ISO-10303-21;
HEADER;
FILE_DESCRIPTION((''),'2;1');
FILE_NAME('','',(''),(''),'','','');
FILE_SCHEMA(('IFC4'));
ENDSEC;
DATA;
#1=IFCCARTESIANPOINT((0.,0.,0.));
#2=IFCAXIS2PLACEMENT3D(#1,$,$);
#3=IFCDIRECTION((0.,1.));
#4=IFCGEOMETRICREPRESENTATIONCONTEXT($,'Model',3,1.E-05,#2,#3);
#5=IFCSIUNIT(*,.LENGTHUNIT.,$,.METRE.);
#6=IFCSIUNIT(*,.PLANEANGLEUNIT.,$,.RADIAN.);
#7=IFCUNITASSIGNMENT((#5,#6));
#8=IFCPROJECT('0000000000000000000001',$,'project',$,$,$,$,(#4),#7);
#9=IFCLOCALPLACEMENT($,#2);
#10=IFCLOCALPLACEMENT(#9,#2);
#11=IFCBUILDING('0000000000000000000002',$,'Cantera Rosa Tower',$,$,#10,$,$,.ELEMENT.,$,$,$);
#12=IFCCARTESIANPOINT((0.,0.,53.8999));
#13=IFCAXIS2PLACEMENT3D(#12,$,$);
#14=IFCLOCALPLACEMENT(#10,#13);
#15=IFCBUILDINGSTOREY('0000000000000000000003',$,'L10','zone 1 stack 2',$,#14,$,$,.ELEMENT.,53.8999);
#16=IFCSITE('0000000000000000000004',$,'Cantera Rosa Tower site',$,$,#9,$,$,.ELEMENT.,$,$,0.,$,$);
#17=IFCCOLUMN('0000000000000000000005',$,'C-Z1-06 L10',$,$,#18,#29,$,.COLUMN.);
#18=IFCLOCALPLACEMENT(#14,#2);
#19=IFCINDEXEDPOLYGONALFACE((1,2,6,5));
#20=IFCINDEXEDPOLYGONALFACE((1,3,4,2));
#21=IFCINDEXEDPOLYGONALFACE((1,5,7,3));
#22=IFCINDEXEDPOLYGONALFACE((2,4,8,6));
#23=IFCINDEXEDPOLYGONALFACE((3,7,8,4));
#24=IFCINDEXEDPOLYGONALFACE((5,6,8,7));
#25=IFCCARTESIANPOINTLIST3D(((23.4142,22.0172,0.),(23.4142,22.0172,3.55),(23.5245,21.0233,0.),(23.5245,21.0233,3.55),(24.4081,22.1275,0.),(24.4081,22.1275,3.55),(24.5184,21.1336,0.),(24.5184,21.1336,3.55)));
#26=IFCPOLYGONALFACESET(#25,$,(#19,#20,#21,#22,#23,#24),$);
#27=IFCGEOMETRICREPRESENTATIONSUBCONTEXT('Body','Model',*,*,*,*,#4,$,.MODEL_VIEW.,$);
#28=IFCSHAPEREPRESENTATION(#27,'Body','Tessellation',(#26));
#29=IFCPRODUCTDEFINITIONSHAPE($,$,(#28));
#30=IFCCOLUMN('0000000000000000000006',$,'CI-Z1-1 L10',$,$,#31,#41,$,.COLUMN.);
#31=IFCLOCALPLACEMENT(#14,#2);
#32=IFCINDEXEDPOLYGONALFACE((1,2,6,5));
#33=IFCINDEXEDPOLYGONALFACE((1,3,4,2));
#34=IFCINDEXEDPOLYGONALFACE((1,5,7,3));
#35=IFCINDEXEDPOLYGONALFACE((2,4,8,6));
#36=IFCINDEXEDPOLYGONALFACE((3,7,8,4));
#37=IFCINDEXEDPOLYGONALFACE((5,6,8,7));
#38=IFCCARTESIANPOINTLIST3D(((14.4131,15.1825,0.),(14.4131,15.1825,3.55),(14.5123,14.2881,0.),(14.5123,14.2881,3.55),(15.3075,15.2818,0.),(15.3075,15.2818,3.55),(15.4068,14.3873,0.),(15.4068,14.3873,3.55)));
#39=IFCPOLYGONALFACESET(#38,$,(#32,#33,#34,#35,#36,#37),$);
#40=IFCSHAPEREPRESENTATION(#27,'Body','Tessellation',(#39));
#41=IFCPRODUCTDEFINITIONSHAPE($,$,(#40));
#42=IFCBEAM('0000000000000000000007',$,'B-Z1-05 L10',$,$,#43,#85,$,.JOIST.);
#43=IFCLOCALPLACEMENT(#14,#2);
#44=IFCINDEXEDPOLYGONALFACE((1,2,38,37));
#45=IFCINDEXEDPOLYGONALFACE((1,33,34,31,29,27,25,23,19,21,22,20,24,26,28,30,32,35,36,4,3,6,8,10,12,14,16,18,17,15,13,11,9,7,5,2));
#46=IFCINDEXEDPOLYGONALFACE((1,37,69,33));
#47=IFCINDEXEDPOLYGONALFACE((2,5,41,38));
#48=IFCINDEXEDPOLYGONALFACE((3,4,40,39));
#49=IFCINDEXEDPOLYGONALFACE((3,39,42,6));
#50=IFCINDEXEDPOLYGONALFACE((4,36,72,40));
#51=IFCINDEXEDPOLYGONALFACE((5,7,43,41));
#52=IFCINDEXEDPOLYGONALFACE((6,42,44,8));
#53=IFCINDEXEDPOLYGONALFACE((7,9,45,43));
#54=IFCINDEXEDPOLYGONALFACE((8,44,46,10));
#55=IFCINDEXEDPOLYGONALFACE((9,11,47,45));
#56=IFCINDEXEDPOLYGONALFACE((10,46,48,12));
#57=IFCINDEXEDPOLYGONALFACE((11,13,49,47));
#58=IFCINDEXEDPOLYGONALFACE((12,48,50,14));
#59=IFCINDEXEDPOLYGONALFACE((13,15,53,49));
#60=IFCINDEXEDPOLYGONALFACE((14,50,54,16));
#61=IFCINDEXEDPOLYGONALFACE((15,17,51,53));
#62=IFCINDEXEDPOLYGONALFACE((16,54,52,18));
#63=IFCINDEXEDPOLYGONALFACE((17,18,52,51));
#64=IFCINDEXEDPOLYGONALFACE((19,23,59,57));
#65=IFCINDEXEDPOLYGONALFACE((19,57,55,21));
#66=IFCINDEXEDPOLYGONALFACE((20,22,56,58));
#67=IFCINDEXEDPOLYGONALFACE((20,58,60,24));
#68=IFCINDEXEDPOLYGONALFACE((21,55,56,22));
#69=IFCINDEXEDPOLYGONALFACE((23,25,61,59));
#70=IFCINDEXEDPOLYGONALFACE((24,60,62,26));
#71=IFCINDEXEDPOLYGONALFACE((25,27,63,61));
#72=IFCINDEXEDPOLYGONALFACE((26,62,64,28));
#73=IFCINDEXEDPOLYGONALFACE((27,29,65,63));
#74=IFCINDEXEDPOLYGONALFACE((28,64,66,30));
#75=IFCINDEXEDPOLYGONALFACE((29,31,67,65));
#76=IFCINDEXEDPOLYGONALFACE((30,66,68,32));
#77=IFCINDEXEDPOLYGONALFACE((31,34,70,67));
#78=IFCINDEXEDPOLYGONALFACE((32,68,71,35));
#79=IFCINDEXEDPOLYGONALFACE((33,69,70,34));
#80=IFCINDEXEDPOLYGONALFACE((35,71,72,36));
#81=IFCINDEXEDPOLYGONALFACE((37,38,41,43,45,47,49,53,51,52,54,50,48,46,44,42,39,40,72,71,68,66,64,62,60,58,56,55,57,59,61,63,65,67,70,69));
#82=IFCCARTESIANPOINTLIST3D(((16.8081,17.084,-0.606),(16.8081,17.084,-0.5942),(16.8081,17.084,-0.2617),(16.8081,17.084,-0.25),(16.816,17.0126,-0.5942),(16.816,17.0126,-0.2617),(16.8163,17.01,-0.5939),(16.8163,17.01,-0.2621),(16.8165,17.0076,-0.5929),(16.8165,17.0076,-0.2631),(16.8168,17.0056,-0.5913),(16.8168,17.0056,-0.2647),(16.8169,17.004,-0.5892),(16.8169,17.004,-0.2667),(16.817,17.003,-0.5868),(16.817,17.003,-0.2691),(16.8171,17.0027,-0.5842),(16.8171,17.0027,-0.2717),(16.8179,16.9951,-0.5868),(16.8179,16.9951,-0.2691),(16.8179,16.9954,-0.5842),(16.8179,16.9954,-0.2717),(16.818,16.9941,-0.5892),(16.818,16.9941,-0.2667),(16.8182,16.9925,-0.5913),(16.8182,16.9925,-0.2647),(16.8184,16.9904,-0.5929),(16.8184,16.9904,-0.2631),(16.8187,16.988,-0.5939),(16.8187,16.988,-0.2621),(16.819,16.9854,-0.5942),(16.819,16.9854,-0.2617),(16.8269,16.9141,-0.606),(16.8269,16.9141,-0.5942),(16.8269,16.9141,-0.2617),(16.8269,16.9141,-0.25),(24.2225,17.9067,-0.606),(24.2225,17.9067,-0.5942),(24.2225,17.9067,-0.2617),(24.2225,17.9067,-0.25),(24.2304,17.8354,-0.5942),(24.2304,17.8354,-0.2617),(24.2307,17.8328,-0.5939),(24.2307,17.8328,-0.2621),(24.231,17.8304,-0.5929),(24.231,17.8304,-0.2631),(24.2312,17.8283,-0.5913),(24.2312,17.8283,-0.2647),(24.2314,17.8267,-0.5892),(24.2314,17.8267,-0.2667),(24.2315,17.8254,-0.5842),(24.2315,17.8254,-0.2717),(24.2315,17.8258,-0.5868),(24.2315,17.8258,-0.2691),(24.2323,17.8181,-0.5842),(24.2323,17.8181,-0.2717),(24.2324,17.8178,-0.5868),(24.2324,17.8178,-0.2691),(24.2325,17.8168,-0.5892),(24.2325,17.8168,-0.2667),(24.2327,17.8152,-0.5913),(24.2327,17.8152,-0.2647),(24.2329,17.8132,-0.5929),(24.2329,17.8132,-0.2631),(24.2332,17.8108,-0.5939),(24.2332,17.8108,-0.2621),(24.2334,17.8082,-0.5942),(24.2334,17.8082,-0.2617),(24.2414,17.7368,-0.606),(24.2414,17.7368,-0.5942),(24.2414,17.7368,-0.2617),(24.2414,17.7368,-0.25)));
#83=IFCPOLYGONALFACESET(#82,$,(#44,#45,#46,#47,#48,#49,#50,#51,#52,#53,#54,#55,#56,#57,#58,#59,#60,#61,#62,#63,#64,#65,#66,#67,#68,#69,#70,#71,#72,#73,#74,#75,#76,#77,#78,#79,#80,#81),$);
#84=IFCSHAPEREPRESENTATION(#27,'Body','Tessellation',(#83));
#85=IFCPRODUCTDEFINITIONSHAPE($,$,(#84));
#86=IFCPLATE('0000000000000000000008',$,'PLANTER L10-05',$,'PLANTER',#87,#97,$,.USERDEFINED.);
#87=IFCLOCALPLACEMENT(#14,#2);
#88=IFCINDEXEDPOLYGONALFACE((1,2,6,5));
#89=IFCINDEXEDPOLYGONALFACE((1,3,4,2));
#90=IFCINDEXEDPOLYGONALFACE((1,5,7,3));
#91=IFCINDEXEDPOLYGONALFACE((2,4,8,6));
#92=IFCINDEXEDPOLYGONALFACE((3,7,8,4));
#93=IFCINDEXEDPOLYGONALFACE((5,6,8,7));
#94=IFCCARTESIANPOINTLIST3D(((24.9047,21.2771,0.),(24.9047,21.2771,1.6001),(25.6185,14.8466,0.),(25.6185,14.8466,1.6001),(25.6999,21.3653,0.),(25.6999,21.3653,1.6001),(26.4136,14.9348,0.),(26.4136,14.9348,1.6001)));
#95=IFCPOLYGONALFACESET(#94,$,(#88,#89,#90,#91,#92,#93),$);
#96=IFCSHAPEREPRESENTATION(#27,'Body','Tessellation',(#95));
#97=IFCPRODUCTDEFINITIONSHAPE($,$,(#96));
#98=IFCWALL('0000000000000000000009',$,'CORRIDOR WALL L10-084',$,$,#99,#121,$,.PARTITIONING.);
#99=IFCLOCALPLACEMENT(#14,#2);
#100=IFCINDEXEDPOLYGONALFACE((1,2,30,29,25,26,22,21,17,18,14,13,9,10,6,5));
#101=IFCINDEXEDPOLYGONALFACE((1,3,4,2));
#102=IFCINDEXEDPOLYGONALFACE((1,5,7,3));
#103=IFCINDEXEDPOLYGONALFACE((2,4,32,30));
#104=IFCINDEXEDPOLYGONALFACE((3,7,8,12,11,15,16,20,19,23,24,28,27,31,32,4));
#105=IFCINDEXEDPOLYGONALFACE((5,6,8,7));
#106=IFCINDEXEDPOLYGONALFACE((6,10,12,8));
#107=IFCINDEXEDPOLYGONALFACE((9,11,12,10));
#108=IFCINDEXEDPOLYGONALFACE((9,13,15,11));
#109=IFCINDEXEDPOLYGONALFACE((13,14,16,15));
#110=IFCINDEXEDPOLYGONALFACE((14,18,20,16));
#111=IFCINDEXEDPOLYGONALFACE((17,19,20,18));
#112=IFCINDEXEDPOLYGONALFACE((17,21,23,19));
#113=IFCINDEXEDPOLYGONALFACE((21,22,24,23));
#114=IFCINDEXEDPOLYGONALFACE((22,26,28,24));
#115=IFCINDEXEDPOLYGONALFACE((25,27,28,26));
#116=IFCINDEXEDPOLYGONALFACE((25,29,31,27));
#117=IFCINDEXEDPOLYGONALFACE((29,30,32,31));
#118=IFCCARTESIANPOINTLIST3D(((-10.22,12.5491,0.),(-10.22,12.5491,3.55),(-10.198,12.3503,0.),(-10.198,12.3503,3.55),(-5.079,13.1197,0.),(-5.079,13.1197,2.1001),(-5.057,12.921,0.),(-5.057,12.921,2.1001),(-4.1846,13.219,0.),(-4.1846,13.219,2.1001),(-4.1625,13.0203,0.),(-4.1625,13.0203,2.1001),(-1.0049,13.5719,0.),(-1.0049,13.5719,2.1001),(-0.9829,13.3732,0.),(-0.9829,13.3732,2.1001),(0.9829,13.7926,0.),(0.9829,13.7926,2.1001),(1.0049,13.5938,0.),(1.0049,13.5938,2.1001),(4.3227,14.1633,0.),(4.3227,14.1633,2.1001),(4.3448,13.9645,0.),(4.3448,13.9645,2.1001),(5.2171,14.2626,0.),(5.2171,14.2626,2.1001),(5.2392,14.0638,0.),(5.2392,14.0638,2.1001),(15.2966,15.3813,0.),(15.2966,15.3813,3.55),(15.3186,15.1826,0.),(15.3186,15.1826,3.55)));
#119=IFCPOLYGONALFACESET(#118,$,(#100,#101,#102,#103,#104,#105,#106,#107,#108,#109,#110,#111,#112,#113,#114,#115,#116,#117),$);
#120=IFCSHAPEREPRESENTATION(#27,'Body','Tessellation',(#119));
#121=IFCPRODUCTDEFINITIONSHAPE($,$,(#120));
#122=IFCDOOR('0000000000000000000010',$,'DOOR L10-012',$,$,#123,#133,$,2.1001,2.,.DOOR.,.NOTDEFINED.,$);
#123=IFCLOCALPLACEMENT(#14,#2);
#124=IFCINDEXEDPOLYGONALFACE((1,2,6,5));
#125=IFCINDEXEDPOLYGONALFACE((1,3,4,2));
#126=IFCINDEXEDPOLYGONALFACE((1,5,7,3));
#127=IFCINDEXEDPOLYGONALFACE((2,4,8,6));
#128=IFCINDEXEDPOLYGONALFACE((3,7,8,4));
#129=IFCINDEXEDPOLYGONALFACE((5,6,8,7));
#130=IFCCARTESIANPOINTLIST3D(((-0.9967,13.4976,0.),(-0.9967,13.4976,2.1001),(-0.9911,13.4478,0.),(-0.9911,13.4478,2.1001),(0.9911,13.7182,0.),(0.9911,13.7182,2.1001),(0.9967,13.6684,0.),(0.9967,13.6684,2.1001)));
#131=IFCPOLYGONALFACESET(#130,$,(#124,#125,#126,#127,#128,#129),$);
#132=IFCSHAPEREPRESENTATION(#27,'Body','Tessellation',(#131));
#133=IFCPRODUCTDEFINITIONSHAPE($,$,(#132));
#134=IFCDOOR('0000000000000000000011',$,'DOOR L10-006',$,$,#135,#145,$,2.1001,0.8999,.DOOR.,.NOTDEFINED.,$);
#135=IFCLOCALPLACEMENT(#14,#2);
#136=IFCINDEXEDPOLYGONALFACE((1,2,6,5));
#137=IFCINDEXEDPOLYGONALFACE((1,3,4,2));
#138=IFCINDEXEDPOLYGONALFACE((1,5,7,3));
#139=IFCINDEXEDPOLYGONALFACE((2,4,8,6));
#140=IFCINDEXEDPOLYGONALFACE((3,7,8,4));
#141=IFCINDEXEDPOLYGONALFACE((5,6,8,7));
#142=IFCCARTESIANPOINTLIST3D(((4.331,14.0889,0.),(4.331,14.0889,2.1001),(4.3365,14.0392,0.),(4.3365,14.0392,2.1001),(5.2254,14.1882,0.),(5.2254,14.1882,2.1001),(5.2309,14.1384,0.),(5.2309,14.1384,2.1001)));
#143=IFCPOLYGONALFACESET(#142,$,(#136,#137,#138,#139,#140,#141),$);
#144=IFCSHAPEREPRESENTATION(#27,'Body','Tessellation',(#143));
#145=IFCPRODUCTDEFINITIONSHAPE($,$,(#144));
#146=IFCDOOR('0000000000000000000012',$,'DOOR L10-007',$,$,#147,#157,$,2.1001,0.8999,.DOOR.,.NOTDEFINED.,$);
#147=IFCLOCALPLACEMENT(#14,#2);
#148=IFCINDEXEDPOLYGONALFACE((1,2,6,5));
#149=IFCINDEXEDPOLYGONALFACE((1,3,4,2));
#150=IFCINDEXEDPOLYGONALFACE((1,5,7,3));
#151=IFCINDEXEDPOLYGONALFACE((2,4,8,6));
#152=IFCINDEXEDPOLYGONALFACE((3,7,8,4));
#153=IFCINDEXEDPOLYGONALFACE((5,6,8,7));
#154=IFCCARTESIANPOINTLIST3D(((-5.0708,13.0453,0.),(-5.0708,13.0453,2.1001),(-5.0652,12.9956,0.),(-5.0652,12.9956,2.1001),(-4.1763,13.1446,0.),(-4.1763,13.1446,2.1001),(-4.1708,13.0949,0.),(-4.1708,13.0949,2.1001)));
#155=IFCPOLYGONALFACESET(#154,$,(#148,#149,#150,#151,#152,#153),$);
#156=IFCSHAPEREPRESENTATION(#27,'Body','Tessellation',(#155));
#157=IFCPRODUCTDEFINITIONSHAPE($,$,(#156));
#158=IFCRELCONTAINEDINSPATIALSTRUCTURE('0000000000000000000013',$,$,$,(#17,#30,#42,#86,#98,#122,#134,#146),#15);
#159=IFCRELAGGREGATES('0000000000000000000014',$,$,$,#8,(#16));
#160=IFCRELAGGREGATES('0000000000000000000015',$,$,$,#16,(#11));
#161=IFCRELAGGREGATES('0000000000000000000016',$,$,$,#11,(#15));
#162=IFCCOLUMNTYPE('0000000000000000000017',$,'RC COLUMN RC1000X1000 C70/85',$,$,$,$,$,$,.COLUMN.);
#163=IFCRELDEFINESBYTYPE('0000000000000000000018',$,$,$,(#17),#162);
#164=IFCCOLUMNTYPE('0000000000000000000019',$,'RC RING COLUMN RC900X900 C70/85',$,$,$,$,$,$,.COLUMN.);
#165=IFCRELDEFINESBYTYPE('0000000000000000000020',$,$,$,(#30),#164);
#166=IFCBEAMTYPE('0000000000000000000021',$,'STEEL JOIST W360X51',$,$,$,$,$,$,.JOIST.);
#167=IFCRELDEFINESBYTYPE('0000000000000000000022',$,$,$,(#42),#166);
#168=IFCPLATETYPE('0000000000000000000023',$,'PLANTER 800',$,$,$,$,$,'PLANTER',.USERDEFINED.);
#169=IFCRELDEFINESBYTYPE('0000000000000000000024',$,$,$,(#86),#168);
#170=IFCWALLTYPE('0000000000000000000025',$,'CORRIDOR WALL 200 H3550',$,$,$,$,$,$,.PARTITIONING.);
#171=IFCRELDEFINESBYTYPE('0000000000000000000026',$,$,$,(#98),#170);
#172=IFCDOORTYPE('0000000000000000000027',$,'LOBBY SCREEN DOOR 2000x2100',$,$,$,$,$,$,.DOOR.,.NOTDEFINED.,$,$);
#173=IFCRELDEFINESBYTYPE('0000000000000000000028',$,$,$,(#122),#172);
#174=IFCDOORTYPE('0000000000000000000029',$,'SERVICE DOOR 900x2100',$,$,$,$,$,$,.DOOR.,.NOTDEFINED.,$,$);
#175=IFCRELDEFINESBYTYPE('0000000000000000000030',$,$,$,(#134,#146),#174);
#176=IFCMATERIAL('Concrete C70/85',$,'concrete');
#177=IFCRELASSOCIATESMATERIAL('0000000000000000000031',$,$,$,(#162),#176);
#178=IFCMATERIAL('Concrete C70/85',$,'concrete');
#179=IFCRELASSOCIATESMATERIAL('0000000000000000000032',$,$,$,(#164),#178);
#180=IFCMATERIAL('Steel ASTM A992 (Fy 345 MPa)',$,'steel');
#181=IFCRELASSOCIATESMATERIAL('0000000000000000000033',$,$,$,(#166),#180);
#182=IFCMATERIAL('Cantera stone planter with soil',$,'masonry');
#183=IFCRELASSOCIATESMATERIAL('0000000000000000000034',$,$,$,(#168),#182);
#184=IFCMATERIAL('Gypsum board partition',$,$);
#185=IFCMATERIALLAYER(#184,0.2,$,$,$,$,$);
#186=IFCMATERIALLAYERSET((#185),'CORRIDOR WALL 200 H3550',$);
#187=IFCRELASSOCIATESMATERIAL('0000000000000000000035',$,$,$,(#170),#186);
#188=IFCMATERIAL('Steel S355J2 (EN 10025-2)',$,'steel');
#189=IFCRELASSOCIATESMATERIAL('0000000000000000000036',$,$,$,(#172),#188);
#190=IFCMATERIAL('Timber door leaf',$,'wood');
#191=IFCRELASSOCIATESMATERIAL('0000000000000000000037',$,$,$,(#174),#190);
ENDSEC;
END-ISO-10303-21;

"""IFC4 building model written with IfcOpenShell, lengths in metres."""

from ifc_helpers import new_model, si_unit, direction, frame, frame_2d, origin, origin_2d, place, context, subcontext, project, spatial, rectangle, i_section, extrude, material, layer, layer_set, material_profile, profile_set, type_object, element, fill, save


model = new_model("IFC4")

# Units and contexts
model_context = context("Model", 3, precision=1e-05, world=origin(), true_north=direction((0.0, 1.0)))
body_context = subcontext(model_context, "Body", "Model", "MODEL_VIEW")
ifc_project = project(units=[si_unit("LENGTHUNIT", "METRE"), si_unit("PLANEANGLEUNIT", "RADIAN")], contexts=[model_context])

# Site, building, storey
site_placement = place(None, origin())
site = spatial("IfcSite", under=ifc_project, at=site_placement, Name="Cantera Rosa Tower site", CompositionType="ELEMENT", RefElevation=0.0)
building_placement = place(site_placement, origin())
building = spatial("IfcBuilding", under=site, at=building_placement, Name="Cantera Rosa Tower", CompositionType="ELEMENT")
storey_placement = place(building_placement, frame((0.0, 0.0, 53.8999)))
storey = spatial("IfcBuildingStorey", under=building, at=storey_placement, Name="L10", Description="zone 1 stack 2", CompositionType="ELEMENT", Elevation=53.8999)

# Columns
ifc_material_1 = material(Name="Concrete C70/85", Category="concrete")
ifc_material_profile_1 = material_profile(ifc_material_1, rectangle(XDim=1.0, YDim=1.0, at=origin_2d()), Name="RC COLUMN RC1000X1000 C70/85")
ifc_profile_set_1 = profile_set([ifc_material_profile_1], Name="Concrete C70/85")
column_type_1 = type_object("IfcColumnType", Name="RC COLUMN RC1000X1000 C70/85", PredefinedType="COLUMN", material=ifc_profile_set_1)
column_1_placement = place(storey_placement, frame((23.9663, 21.5754, 0.0), z_axis=(0.0, 0.0, 1.0), x_axis=(0.993897, 0.110313, 0.0)))
element("IfcColumn", 1, at=column_1_placement, inside=storey, type_object=column_type_1, Name="C-Z1-06 L10", PredefinedType="COLUMN", context=body_context, shape_type="SweptSolid", body=[
    extrude(rectangle(XDim=1.0, YDim=1.0, at=origin_2d()), origin(), (0.0, 0.0, 1.0), 3.55),
])
ifc_material_2 = material(Name="Concrete C70/85", Category="concrete")
ifc_material_profile_2 = material_profile(ifc_material_2, rectangle(XDim=0.8999, YDim=0.8999, at=origin_2d()), Name="RC RING COLUMN RC900X900 C70/85")
ifc_profile_set_2 = profile_set([ifc_material_profile_2], Name="Concrete C70/85")
column_type_2 = type_object("IfcColumnType", Name="RC RING COLUMN RC900X900 C70/85", PredefinedType="COLUMN", material=ifc_profile_set_2)
column_2_placement = place(storey_placement, frame((14.9099, 14.7849, 0.0), z_axis=(0.0, 0.0, 1.0), x_axis=(0.993897, 0.110313, 0.0)))
element("IfcColumn", 2, at=column_2_placement, inside=storey, type_object=column_type_2, Name="CI-Z1-1 L10", PredefinedType="COLUMN", context=body_context, shape_type="SweptSolid", body=[
    extrude(rectangle(XDim=0.8999, YDim=0.8999, at=origin_2d()), origin(), (0.0, 0.0, 1.0), 3.55),
])

# Beam
ifc_material_3 = material(Name="Steel ASTM A992 (Fy 345 MPa)", Category="steel")
ifc_material_profile_3 = material_profile(ifc_material_3, i_section(OverallWidth=0.1709, OverallDepth=0.356, WebThickness=0.0073, FlangeThickness=0.0117, FilletRadius=0.01, at=origin_2d()), Name="W360X51")
ifc_profile_set_3 = profile_set([ifc_material_profile_3], Name="Steel ASTM A992 (Fy 345 MPa)")
beam_type = type_object("IfcBeamType", Name="STEEL JOIST W360X51", PredefinedType="JOIST", material=ifc_profile_set_3)
beam_placement = place(storey_placement, frame((24.2319, 17.8218, -0.428), z_axis=(-0.9939, -0.110288, 0.0), x_axis=(0.110288, -0.9939, 0.0)))
element("IfcBeam", 3, at=beam_placement, inside=storey, type_object=beam_type, Name="B-Z1-05 L10", PredefinedType="JOIST", context=body_context, shape_type="SweptSolid", body=[
    extrude(i_section(OverallWidth=0.1709, OverallDepth=0.356, WebThickness=0.0073, FlangeThickness=0.0117, FilletRadius=0.01, at=origin_2d()), origin(), (0.0, 0.0, 1.0), 7.46),
])

# Plate
ifc_material_4 = material(Name="Cantera stone planter with soil", Category="masonry")
plate_type = type_object("IfcPlateType", Name="PLANTER 800", ElementType="PLANTER", PredefinedType="USERDEFINED", material=ifc_material_4)
plate_placement = place(storey_placement, frame((25.6592, 18.106, 0.0), z_axis=(0.0, 0.0, 1.0), x_axis=(-0.110313, 0.993897, 0.0)))
element("IfcPlate", 4, at=plate_placement, inside=storey, type_object=plate_type, Name="PLANTER L10-05", ObjectType="PLANTER", PredefinedType="USERDEFINED", context=body_context, shape_type="SweptSolid", body=[
    extrude(rectangle(XDim=6.47, YDim=0.8, at=origin_2d()), origin(), (0.0, 0.0, 1.0), 1.6001),
])

# Wall, openings, doors
ifc_material_5 = material(Name="Gypsum board partition")
ifc_layer_1 = layer(ifc_material_5, 0.2)
ifc_layer_set_1 = layer_set([ifc_layer_1], Name="CORRIDOR WALL 200 H3550")
wall_type_1 = type_object("IfcWallType", Name="CORRIDOR WALL 200 H3550", PredefinedType="PARTITIONING", material=ifc_layer_set_1)
wall_1_placement = place(storey_placement, frame((15.3076, 15.282, 0.0), z_axis=(0.0, 0.0, 1.0), x_axis=(-0.993896, -0.11032, 0.0)))
wall_1 = element("IfcWall", 5, at=wall_1_placement, inside=storey, type_object=wall_type_1, Name="CORRIDOR WALL L10-084", PredefinedType="PARTITIONING", context=body_context, shape_type="SweptSolid", body=[
    extrude(rectangle(XDim=25.6733, YDim=0.2, at=frame_2d((12.8367, 0.0))), origin(), (0.0, 0.0, 1.0), 3.55),
])
opening_1_placement = place(wall_1_placement, frame((10.1414, 0.0, 0.0)))
opening_1 = element("IfcOpeningElement", 6, at=opening_1_placement, cuts=wall_1, PredefinedType="OPENING", context=body_context, shape_type="SweptSolid", body=[
    extrude(rectangle(XDim=0.8999, YDim=2.1001, at=frame_2d((0.45, 1.05))), frame((0.0, 0.1099, 0.0), z_axis=(0.0, -1.0, 0.0), x_axis=(1.0, 0.0, 0.0)), (0.0, 0.0, 1.0), 0.22),
])
opening_2_placement = place(wall_1_placement, frame((19.6008, 0.0, 0.0)))
opening_2 = element("IfcOpeningElement", 7, at=opening_2_placement, cuts=wall_1, PredefinedType="OPENING", context=body_context, shape_type="SweptSolid", body=[
    extrude(rectangle(XDim=0.8999, YDim=2.1001, at=frame_2d((0.45, 1.05))), frame((0.0, 0.1099, 0.0), z_axis=(0.0, -1.0, 0.0), x_axis=(1.0, 0.0, 0.0)), (0.0, 0.0, 1.0), 0.22),
])
opening_3_placement = place(wall_1_placement, frame((14.4016, 0.0, 0.0)))
opening_3 = element("IfcOpeningElement", 8, at=opening_3_placement, cuts=wall_1, PredefinedType="OPENING", context=body_context, shape_type="SweptSolid", body=[
    extrude(rectangle(XDim=2.0, YDim=2.1001, at=frame_2d((1.0, 1.05))), frame((0.0, 0.1099, 0.0), z_axis=(0.0, -1.0, 0.0), x_axis=(1.0, 0.0, 0.0)), (0.0, 0.0, 1.0), 0.22),
])
ifc_material_6 = material(Name="Steel S355J2 (EN 10025-2)", Category="steel")
door_type_1 = type_object("IfcDoorType", Name="LOBBY SCREEN DOOR 2000x2100", OperationType="NOTDEFINED", PredefinedType="DOOR", material=ifc_material_6)
door_1_placement = place(opening_3_placement, origin())
door_1 = element("IfcDoor", 9, at=door_1_placement, inside=storey, type_object=door_type_1, Name="DOOR L10-012", OperationType="NOTDEFINED", OverallHeight=2.1001, OverallWidth=2.0, PredefinedType="DOOR", context=body_context, shape_type="SweptSolid", body=[
    extrude(rectangle(XDim=2.0, YDim=2.1001, at=frame_2d((1.0, 1.05))), frame((0.0, 0.0249, 0.0), z_axis=(0.0, -1.0, 0.0), x_axis=(1.0, 0.0, 0.0)), (0.0, 0.0, 1.0), 0.05),
])
fill(opening_3, door_1)
ifc_material_7 = material(Name="Timber door leaf", Category="wood")
door_type_2 = type_object("IfcDoorType", Name="SERVICE DOOR 900x2100", OperationType="NOTDEFINED", PredefinedType="DOOR", material=ifc_material_7)
door_2_placement = place(opening_1_placement, origin())
door_2 = element("IfcDoor", 10, at=door_2_placement, inside=storey, type_object=door_type_2, Name="DOOR L10-006", OperationType="NOTDEFINED", OverallHeight=2.1001, OverallWidth=0.8999, PredefinedType="DOOR", context=body_context, shape_type="SweptSolid", body=[
    extrude(rectangle(XDim=0.8999, YDim=2.1001, at=frame_2d((0.45, 1.05))), frame((0.0, 0.0249, 0.0), z_axis=(0.0, -1.0, 0.0), x_axis=(1.0, 0.0, 0.0)), (0.0, 0.0, 1.0), 0.05),
])
fill(opening_1, door_2)
door_3_placement = place(opening_2_placement, origin())
door_3 = element("IfcDoor", 11, at=door_3_placement, inside=storey, type_object=door_type_2, Name="DOOR L10-007", OperationType="NOTDEFINED", OverallHeight=2.1001, OverallWidth=0.8999, PredefinedType="DOOR", context=body_context, shape_type="SweptSolid", body=[
    extrude(rectangle(XDim=0.8999, YDim=2.1001, at=frame_2d((0.45, 1.05))), frame((0.0, 0.0249, 0.0), z_axis=(0.0, -1.0, 0.0), x_axis=(1.0, 0.0, 0.0)), (0.0, 0.0, 1.0), 0.05),
])
fill(opening_2, door_3)

save(model, "model.ifc")
